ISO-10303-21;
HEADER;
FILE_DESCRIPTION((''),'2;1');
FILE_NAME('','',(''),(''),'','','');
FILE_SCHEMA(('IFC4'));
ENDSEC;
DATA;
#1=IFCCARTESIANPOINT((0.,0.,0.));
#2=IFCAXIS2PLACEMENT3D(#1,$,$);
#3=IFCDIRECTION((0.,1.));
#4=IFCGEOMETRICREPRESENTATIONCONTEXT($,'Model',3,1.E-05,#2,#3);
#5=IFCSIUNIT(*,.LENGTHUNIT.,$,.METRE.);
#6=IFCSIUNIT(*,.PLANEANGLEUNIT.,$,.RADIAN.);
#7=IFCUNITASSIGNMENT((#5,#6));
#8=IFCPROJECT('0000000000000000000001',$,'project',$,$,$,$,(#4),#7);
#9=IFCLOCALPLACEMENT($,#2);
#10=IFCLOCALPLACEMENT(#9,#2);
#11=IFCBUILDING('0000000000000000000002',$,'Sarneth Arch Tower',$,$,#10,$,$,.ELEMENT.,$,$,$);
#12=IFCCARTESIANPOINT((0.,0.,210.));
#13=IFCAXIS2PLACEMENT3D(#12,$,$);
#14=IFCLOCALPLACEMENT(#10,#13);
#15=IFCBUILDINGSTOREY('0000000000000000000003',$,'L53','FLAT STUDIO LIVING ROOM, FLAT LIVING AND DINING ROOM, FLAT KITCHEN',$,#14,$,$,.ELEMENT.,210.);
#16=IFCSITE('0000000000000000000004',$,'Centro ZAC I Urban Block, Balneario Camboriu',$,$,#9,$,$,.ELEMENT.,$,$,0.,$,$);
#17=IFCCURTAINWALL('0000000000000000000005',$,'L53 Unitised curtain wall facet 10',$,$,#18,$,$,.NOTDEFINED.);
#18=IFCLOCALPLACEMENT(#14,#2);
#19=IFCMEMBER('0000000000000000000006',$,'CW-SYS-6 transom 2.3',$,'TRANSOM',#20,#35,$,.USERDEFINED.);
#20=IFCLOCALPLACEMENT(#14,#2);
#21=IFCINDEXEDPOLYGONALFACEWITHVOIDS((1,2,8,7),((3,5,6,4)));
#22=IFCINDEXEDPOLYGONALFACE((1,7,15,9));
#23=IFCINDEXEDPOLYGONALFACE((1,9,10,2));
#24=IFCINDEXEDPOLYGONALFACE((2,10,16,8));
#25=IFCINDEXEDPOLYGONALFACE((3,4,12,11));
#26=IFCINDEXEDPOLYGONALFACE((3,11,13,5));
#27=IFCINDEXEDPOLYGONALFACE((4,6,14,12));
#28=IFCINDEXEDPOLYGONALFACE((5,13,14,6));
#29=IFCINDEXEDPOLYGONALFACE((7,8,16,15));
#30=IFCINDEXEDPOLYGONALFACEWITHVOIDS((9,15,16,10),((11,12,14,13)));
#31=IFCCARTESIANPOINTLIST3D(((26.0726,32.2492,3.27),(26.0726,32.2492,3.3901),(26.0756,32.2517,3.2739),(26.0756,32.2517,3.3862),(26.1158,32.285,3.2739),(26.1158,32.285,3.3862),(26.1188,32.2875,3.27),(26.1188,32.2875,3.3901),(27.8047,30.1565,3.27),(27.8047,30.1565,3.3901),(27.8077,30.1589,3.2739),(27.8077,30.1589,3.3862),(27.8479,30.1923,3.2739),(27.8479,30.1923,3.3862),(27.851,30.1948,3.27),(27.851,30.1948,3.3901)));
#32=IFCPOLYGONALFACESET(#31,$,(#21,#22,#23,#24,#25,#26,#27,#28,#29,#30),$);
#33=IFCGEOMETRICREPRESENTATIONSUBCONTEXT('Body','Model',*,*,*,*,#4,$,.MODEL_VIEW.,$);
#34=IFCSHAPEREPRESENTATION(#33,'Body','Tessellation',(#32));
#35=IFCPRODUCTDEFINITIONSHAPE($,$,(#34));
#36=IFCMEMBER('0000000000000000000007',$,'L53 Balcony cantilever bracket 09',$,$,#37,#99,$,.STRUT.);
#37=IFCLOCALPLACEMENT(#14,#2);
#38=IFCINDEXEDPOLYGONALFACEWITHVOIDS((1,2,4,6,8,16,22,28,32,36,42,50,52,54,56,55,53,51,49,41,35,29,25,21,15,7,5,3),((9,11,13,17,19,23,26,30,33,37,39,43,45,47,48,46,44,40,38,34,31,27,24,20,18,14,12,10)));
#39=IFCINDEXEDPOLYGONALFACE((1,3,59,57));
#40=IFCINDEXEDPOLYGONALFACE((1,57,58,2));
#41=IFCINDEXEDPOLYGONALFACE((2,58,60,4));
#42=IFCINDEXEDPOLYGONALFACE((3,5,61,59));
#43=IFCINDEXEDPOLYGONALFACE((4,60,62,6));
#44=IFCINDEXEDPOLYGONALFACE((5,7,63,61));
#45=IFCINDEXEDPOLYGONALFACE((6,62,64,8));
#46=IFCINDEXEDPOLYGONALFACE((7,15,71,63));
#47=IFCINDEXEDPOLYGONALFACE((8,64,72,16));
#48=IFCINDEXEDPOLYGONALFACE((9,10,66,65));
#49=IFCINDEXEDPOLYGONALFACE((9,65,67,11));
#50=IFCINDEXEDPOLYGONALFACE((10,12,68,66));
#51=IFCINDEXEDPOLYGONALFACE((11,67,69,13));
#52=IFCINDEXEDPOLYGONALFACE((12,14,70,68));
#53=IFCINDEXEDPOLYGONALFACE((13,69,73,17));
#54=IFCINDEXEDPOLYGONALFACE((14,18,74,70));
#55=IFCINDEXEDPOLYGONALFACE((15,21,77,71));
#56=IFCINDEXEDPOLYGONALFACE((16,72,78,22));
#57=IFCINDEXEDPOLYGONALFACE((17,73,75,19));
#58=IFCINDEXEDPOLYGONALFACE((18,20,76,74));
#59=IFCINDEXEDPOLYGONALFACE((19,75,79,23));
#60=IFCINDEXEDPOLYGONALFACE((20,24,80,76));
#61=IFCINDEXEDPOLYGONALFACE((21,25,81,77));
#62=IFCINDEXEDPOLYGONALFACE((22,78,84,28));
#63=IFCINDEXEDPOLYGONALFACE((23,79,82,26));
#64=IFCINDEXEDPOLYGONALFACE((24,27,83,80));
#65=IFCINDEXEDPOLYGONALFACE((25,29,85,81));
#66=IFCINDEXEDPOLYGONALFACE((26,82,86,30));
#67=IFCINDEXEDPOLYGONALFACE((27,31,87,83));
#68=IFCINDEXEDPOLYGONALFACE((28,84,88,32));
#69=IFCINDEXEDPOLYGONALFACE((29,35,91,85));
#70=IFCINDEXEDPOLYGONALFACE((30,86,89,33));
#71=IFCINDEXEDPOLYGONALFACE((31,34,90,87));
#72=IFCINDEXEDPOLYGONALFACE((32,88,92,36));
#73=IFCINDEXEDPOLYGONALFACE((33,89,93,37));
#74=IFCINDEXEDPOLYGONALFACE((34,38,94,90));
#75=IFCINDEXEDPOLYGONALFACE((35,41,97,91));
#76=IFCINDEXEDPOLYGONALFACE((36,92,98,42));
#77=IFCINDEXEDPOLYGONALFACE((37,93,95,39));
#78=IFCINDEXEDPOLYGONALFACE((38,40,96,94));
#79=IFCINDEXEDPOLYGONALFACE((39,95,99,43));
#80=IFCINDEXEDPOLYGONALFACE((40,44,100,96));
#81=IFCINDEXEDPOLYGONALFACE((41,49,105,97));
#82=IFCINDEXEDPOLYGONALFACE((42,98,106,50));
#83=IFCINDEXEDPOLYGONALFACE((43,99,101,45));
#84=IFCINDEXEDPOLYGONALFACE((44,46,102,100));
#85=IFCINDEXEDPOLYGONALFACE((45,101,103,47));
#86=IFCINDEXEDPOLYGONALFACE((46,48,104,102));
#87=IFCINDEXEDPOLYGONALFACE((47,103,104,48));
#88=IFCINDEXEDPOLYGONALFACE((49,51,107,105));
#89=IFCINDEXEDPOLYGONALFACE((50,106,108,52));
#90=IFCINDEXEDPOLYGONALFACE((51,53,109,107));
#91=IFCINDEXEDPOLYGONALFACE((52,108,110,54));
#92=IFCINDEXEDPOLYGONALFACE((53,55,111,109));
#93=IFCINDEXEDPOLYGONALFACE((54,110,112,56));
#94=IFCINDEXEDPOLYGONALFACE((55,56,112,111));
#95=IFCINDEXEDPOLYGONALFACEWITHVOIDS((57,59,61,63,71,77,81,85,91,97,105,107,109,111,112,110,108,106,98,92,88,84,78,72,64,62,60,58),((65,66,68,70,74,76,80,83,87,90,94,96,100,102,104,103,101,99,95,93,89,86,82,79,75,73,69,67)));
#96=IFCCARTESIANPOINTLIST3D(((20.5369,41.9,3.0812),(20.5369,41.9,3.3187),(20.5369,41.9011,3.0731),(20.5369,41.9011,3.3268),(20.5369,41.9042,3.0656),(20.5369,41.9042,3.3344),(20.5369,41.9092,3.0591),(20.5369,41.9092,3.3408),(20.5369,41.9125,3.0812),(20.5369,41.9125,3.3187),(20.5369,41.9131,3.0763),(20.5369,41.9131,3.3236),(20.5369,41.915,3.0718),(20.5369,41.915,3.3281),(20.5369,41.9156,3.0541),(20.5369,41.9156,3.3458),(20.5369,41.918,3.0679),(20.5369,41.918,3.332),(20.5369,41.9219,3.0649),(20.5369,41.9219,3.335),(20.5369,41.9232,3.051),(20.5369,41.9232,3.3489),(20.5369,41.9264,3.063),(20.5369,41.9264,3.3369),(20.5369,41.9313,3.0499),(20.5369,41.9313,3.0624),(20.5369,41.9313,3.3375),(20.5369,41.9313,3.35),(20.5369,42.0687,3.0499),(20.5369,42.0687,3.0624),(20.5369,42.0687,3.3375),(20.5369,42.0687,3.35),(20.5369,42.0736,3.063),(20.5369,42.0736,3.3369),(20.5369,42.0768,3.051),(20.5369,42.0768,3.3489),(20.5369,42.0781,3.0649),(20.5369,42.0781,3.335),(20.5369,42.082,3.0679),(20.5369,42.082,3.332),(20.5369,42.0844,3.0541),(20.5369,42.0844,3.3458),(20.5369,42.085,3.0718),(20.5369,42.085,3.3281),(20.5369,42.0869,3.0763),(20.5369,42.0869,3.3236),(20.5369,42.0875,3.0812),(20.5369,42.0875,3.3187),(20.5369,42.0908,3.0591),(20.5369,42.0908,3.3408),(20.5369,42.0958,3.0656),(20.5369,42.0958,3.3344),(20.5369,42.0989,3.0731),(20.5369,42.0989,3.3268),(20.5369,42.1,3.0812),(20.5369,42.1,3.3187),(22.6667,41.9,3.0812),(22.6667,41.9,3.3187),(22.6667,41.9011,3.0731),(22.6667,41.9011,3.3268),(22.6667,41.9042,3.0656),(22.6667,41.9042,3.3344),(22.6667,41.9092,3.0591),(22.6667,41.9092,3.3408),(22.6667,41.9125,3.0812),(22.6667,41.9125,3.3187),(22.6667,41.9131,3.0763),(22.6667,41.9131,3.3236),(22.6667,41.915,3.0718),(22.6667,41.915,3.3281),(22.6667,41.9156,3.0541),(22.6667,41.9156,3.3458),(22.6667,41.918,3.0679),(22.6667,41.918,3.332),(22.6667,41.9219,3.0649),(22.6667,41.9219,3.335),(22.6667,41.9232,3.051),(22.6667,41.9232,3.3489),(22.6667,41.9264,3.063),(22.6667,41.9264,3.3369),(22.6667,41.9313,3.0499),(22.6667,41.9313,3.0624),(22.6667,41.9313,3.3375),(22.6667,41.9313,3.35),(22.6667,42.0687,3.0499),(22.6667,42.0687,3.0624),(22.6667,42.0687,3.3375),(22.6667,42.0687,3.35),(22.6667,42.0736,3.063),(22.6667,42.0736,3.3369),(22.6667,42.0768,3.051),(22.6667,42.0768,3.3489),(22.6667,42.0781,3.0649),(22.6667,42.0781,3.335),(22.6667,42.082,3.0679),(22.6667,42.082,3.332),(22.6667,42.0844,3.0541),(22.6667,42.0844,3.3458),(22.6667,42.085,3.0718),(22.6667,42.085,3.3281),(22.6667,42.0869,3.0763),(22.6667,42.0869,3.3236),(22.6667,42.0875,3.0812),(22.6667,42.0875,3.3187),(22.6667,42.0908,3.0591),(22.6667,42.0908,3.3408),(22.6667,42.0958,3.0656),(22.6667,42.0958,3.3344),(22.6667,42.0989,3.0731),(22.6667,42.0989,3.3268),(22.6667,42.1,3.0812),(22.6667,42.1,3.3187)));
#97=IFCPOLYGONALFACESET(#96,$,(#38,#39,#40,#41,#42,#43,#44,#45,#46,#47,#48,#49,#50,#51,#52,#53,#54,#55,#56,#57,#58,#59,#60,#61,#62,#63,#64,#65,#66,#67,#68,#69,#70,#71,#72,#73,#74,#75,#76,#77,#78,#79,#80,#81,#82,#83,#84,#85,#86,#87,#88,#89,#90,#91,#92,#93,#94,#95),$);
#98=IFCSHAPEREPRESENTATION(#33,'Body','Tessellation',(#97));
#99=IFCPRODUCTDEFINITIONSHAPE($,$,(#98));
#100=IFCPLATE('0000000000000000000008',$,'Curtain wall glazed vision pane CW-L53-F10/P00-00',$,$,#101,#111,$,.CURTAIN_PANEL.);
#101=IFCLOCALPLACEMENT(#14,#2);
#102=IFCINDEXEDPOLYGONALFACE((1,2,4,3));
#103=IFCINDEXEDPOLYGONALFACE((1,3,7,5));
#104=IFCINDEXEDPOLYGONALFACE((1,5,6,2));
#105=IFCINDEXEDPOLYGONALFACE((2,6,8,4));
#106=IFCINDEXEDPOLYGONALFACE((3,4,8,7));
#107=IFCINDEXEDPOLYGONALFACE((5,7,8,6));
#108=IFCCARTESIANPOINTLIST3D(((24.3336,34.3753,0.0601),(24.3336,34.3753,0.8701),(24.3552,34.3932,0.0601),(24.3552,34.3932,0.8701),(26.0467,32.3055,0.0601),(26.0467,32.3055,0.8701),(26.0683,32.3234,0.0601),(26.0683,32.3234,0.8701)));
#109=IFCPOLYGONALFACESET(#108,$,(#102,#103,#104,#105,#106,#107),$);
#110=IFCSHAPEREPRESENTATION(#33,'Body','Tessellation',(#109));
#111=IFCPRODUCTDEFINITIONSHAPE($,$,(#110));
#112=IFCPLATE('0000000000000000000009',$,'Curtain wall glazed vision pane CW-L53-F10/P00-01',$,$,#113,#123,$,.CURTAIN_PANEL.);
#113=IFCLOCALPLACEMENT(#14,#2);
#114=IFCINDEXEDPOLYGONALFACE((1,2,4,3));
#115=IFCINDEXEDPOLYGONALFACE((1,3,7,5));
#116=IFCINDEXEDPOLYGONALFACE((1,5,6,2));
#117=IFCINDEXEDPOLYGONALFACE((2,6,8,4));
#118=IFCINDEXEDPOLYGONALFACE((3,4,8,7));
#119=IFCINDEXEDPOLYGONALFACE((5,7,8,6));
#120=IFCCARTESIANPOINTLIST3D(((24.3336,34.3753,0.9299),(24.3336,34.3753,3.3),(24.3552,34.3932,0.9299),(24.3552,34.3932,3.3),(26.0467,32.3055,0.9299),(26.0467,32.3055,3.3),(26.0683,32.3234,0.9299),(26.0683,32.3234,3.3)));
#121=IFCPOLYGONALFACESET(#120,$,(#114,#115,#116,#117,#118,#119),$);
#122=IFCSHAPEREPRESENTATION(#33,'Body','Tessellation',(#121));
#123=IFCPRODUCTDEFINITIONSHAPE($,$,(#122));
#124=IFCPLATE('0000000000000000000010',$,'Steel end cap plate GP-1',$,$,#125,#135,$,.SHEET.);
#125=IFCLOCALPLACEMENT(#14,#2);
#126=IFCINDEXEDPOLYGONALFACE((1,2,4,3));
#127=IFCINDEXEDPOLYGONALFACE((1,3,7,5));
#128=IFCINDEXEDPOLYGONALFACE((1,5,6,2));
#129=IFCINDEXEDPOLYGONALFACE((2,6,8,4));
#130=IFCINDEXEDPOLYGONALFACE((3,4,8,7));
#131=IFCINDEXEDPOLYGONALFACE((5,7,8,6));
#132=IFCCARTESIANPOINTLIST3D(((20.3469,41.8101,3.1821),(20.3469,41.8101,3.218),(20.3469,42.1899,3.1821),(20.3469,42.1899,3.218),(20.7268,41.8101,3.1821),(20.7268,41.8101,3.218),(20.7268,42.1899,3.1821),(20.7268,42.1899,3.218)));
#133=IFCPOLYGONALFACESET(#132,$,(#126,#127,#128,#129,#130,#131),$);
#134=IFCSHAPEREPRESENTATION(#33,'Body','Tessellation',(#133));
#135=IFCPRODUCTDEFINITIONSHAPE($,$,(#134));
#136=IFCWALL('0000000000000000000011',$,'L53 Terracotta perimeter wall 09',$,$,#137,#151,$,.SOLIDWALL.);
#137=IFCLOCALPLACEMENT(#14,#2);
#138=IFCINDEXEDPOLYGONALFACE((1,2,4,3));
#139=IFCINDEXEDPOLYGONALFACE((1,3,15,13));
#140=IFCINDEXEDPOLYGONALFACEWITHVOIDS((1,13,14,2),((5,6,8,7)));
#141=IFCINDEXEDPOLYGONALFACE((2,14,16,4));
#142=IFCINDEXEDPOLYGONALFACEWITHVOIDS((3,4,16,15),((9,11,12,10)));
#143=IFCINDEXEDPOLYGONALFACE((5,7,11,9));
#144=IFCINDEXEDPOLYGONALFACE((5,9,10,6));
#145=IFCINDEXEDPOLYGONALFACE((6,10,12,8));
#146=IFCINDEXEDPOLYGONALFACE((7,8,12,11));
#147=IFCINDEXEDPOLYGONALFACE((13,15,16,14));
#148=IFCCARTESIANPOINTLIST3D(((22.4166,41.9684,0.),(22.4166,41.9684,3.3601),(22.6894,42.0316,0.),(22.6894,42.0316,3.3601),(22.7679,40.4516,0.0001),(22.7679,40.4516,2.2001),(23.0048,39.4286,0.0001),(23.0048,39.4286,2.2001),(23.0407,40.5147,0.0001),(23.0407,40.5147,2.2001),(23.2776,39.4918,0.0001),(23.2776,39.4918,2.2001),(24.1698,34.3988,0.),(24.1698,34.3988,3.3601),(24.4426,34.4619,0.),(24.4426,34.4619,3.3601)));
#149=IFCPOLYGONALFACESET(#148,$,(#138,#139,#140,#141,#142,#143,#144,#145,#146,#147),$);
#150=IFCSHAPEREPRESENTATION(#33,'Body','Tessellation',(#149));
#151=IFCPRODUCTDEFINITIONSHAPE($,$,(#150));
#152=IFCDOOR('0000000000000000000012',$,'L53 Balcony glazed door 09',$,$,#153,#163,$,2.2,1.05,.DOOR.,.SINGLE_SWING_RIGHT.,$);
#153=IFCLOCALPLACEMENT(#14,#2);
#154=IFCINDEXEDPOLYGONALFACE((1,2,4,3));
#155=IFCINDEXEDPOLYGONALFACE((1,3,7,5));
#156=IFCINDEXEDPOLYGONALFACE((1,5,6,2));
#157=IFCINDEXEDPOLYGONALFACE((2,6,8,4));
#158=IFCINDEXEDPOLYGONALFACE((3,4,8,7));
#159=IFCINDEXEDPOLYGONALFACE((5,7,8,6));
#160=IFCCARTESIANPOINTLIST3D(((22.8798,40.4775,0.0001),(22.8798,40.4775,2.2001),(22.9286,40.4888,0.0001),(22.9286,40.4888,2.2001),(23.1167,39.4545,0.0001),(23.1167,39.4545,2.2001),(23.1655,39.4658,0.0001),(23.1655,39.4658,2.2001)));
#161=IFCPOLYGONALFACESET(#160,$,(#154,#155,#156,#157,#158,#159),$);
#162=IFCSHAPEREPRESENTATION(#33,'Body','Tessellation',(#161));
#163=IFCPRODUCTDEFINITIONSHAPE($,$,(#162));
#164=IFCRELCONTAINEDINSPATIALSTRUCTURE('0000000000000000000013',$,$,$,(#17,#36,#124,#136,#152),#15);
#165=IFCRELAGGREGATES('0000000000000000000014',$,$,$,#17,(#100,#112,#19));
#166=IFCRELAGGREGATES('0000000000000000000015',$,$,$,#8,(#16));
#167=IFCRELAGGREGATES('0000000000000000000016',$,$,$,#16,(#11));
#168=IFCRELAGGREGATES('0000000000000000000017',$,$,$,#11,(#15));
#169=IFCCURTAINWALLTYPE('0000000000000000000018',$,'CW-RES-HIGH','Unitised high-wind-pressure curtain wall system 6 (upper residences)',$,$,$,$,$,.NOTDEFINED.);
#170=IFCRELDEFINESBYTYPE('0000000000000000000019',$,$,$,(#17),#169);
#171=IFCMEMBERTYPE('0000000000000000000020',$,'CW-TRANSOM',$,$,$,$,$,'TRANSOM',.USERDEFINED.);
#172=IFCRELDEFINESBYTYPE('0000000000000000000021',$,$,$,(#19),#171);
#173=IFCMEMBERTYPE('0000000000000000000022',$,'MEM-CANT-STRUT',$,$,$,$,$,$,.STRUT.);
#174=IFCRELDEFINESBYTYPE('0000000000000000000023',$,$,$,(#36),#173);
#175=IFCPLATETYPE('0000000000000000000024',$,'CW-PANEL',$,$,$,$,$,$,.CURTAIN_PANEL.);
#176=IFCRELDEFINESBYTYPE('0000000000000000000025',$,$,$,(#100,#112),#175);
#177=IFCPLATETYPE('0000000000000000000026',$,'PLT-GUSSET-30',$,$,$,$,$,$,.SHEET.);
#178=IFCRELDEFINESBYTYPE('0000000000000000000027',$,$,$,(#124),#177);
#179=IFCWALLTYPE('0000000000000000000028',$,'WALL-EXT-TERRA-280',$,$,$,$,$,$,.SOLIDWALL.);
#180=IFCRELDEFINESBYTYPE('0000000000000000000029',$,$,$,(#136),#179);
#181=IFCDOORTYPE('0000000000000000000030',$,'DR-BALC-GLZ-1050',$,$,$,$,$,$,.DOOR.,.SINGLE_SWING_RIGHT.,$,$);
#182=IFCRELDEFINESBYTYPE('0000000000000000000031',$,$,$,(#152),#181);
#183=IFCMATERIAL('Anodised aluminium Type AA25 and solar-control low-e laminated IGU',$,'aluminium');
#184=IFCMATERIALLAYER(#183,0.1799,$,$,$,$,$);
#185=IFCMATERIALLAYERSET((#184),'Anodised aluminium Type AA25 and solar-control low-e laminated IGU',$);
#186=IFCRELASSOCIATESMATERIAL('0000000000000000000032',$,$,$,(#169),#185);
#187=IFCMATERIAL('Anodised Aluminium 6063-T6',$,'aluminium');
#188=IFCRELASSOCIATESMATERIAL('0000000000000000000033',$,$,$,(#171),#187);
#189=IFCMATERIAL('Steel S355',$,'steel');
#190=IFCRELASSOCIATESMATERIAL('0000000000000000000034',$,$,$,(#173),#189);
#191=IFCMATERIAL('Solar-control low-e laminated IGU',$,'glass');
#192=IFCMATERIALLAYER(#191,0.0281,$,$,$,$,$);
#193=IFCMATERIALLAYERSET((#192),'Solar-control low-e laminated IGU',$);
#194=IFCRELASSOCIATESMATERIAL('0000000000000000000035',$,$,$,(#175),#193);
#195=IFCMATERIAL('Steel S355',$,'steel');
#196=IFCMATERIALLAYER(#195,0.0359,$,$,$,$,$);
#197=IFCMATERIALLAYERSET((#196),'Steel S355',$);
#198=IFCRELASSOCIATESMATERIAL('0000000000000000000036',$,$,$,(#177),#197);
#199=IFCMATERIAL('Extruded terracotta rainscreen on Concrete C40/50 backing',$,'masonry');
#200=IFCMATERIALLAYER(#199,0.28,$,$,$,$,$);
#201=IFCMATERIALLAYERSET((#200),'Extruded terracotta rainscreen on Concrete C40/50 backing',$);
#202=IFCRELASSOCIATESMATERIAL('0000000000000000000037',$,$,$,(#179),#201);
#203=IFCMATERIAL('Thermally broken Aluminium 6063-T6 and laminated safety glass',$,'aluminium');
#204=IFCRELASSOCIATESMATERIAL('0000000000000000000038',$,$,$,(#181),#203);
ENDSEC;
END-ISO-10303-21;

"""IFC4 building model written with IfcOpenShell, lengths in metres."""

from ifc_helpers import new_model, si_unit, direction, frame, frame_2d, origin, origin_2d, place, context, subcontext, project, spatial, rectangle, hollow_rectangle, extrude, material, layer, layer_set, material_profile, profile_set, type_object, element, fill, aggregate, save


model = new_model("IFC4")

# Units and contexts
model_context = context("Model", 3, precision=1e-05, world=origin(), true_north=direction((0.0, 1.0)))
body_context = subcontext(model_context, "Body", "Model", "MODEL_VIEW")
ifc_project = project(units=[si_unit("LENGTHUNIT", "METRE"), si_unit("PLANEANGLEUNIT", "RADIAN")], contexts=[model_context])

# Site, building, storey
site_placement = place(None, origin())
site = spatial("IfcSite", under=ifc_project, at=site_placement, Name="Centro ZAC I Urban Block, Balneario Camboriu", CompositionType="ELEMENT", RefElevation=0.0)
building_placement = place(site_placement, origin())
building = spatial("IfcBuilding", under=site, at=building_placement, Name="Sarneth Arch Tower", CompositionType="ELEMENT")
storey_placement = place(building_placement, frame((0.0, 0.0, 210.0)))
storey = spatial("IfcBuildingStorey", under=building, at=storey_placement, Name="L53", Description="FLAT STUDIO LIVING ROOM, FLAT LIVING AND DINING ROOM, FLAT KITCHEN", CompositionType="ELEMENT", Elevation=210.0)

# Curtain wall, member
ifc_material_1 = material(Name="Anodised aluminium Type AA25 and solar-control low-e laminated IGU", Category="aluminium")
ifc_layer_1 = layer(ifc_material_1, 0.1799)
ifc_layer_set_1 = layer_set([ifc_layer_1], Name="Anodised aluminium Type AA25 and solar-control low-e laminated IGU")
curtain_wall_type = type_object("IfcCurtainWallType", Name="CW-RES-HIGH", Description="Unitised high-wind-pressure curtain wall system 6 (upper residences)", PredefinedType="NOTDEFINED", material=ifc_layer_set_1)
curtain_wall_placement = place(storey_placement, origin())
curtain_wall = element("IfcCurtainWall", 1, at=curtain_wall_placement, inside=storey, type_object=curtain_wall_type, Name="L53 Unitised curtain wall facet 10", PredefinedType="NOTDEFINED")
ifc_material_2 = material(Name="Anodised Aluminium 6063-T6", Category="aluminium")
ifc_material_profile_1 = material_profile(ifc_material_2, hollow_rectangle(XDim=0.0601, YDim=0.1201, WallThickness=0.0039, at=origin_2d()), Name="AL-TRAN-120x60x4")
ifc_profile_set_1 = profile_set([ifc_material_profile_1], Name="Anodised Aluminium 6063-T6")
member_type_1 = type_object("IfcMemberType", Name="CW-TRANSOM", ElementType="TRANSOM", PredefinedType="USERDEFINED", material=ifc_profile_set_1)
member_1_placement = place(storey_placement, frame((26.0957, 32.2683, 3.3301), z_axis=(0.637617, -0.770353, 0.0), x_axis=(0.770353, 0.637617, 0.0)))
member_1 = element("IfcMember", 2, at=member_1_placement, type_object=member_type_1, Name="CW-SYS-6 transom 2.3", ObjectType="TRANSOM", PredefinedType="USERDEFINED", context=body_context, shape_type="SweptSolid", body=[
    extrude(hollow_rectangle(XDim=0.0601, YDim=0.1201, WallThickness=0.0039, at=origin_2d()), origin(), (0.0, 0.0, 1.0), 2.7166),
])

# Member
ifc_material_3 = material(Name="Steel S355", Category="steel")
ifc_material_profile_2 = material_profile(ifc_material_3, hollow_rectangle(XDim=0.2, YDim=0.3, WallThickness=0.0125, InnerFilletRadius=0.0188, OuterFilletRadius=0.0312, at=origin_2d()), Name="RHS300x200x12.5")
ifc_profile_set_2 = profile_set([ifc_material_profile_2], Name="Steel S355")
member_type_2 = type_object("IfcMemberType", Name="MEM-CANT-STRUT", PredefinedType="STRUT", material=ifc_profile_set_2)
member_2_placement = place(storey_placement, frame((22.6667, 42.0, 3.2), z_axis=(-1.0, 0.0, 0.0), x_axis=(0.0, -1.0, 0.0)))
element("IfcMember", 3, at=member_2_placement, inside=storey, type_object=member_type_2, Name="L53 Balcony cantilever bracket 09", PredefinedType="STRUT", context=body_context, shape_type="SweptSolid", body=[
    extrude(hollow_rectangle(XDim=0.2, YDim=0.3, WallThickness=0.0125, InnerFilletRadius=0.0188, OuterFilletRadius=0.0312, at=origin_2d()), origin(), (0.0, 0.0, 1.0), 2.1299),
])

# Plates
ifc_material_4 = material(Name="Solar-control low-e laminated IGU", Category="glass")
ifc_layer_2 = layer(ifc_material_4, 0.0281)
ifc_layer_set_2 = layer_set([ifc_layer_2], Name="Solar-control low-e laminated IGU")
plate_type_1 = type_object("IfcPlateType", Name="CW-PANEL", PredefinedType="CURTAIN_PANEL", material=ifc_layer_set_2)
plate_1_placement = place(storey_placement, frame((25.2009, 33.3494, 0.0601), z_axis=(0.0, 0.0, 1.0), x_axis=(0.63761, -0.770359, 0.0)))
plate_1 = element("IfcPlate", 4, at=plate_1_placement, type_object=plate_type_1, Name="Curtain wall glazed vision pane CW-L53-F10/P00-00", PredefinedType="CURTAIN_PANEL", context=body_context, shape_type="SweptSolid", body=[
    extrude(rectangle(XDim=2.6868, YDim=0.0281, at=origin_2d()), origin(), (0.0, 0.0, 1.0), 0.8101),
])
plate_2_placement = place(storey_placement, frame((25.2009, 33.3494, 0.9299), z_axis=(0.0, 0.0, 1.0), x_axis=(0.63761, -0.770359, 0.0)))
plate_2 = element("IfcPlate", 5, at=plate_2_placement, type_object=plate_type_1, Name="Curtain wall glazed vision pane CW-L53-F10/P00-01", PredefinedType="CURTAIN_PANEL", context=body_context, shape_type="SweptSolid", body=[
    extrude(rectangle(XDim=2.6868, YDim=0.0281, at=origin_2d()), origin(), (0.0, 0.0, 1.0), 2.3701),
])
aggregate(curtain_wall, [plate_1, plate_2, member_1])
ifc_material_5 = material(Name="Steel S355", Category="steel")
ifc_layer_3 = layer(ifc_material_5, 0.0359)
ifc_layer_set_3 = layer_set([ifc_layer_3], Name="Steel S355")
plate_type_2 = type_object("IfcPlateType", Name="PLT-GUSSET-30", PredefinedType="SHEET", material=ifc_layer_set_3)
plate_3_placement = place(storey_placement, frame((20.5369, 42.0, 3.1821), z_axis=(0.0, 0.0, 1.0), x_axis=(-1.0, 0.0, 0.0)))
element("IfcPlate", 6, at=plate_3_placement, inside=storey, type_object=plate_type_2, Name="Steel end cap plate GP-1", PredefinedType="SHEET", context=body_context, shape_type="SweptSolid", body=[
    extrude(rectangle(XDim=0.3799, YDim=0.3799, at=origin_2d()), origin(), (0.0, 0.0, 1.0), 0.0359),
])

# Wall, opening, door
ifc_material_6 = material(Name="Extruded terracotta rainscreen on Concrete C40/50 backing", Category="masonry")
ifc_layer_4 = layer(ifc_material_6, 0.28)
ifc_layer_set_4 = layer_set([ifc_layer_4], Name="Extruded terracotta rainscreen on Concrete C40/50 backing")
wall_type_1 = type_object("IfcWallType", Name="WALL-EXT-TERRA-280", PredefinedType="SOLIDWALL", material=ifc_layer_set_4)
wall_1_placement = place(storey_placement, frame((22.553, 42.0, 0.0), z_axis=(0.0, 0.0, 1.0), x_axis=(0.225635, -0.974212, 0.0)))
wall_1 = element("IfcWall", 7, at=wall_1_placement, inside=storey, type_object=wall_type_1, Name="L53 Terracotta perimeter wall 09", PredefinedType="SOLIDWALL", context=body_context, shape_type="SweptSolid", body=[
    extrude(rectangle(XDim=7.77, YDim=0.28, at=frame_2d((3.885, 0.0))), origin(), (0.0, 0.0, 1.0), 3.3601),
])
opening_1_placement = place(wall_1_placement, frame((1.5571, 0.0, 0.0)))
opening_1 = element("IfcOpeningElement", 8, at=opening_1_placement, cuts=wall_1, PredefinedType="OPENING", context=body_context, shape_type="SweptSolid", body=[
    extrude(rectangle(XDim=1.05, YDim=2.2, at=frame_2d((0.5249, 1.1001))), frame((0.0, 0.1499, 0.0), z_axis=(0.0, -1.0, 0.0), x_axis=(1.0, 0.0, 0.0)), (0.0, 0.0, 1.0), 0.3),
])
ifc_material_7 = material(Name="Thermally broken Aluminium 6063-T6 and laminated safety glass", Category="aluminium")
door_type_1 = type_object("IfcDoorType", Name="DR-BALC-GLZ-1050", OperationType="SINGLE_SWING_RIGHT", PredefinedType="DOOR", material=ifc_material_7)
door_1_placement = place(opening_1_placement, origin())
door_1 = element("IfcDoor", 9, at=door_1_placement, inside=storey, type_object=door_type_1, Name="L53 Balcony glazed door 09", OperationType="SINGLE_SWING_RIGHT", OverallHeight=2.2, OverallWidth=1.05, PredefinedType="DOOR", context=body_context, shape_type="SweptSolid", body=[
    extrude(rectangle(XDim=1.05, YDim=2.2, at=frame_2d((0.5249, 1.1001))), frame((0.0, 0.0249, 0.0), z_axis=(0.0, -1.0, 0.0), x_axis=(1.0, 0.0, 0.0)), (0.0, 0.0, 1.0), 0.05),
])
fill(opening_1, door_1)

save(model, "model.ifc")
